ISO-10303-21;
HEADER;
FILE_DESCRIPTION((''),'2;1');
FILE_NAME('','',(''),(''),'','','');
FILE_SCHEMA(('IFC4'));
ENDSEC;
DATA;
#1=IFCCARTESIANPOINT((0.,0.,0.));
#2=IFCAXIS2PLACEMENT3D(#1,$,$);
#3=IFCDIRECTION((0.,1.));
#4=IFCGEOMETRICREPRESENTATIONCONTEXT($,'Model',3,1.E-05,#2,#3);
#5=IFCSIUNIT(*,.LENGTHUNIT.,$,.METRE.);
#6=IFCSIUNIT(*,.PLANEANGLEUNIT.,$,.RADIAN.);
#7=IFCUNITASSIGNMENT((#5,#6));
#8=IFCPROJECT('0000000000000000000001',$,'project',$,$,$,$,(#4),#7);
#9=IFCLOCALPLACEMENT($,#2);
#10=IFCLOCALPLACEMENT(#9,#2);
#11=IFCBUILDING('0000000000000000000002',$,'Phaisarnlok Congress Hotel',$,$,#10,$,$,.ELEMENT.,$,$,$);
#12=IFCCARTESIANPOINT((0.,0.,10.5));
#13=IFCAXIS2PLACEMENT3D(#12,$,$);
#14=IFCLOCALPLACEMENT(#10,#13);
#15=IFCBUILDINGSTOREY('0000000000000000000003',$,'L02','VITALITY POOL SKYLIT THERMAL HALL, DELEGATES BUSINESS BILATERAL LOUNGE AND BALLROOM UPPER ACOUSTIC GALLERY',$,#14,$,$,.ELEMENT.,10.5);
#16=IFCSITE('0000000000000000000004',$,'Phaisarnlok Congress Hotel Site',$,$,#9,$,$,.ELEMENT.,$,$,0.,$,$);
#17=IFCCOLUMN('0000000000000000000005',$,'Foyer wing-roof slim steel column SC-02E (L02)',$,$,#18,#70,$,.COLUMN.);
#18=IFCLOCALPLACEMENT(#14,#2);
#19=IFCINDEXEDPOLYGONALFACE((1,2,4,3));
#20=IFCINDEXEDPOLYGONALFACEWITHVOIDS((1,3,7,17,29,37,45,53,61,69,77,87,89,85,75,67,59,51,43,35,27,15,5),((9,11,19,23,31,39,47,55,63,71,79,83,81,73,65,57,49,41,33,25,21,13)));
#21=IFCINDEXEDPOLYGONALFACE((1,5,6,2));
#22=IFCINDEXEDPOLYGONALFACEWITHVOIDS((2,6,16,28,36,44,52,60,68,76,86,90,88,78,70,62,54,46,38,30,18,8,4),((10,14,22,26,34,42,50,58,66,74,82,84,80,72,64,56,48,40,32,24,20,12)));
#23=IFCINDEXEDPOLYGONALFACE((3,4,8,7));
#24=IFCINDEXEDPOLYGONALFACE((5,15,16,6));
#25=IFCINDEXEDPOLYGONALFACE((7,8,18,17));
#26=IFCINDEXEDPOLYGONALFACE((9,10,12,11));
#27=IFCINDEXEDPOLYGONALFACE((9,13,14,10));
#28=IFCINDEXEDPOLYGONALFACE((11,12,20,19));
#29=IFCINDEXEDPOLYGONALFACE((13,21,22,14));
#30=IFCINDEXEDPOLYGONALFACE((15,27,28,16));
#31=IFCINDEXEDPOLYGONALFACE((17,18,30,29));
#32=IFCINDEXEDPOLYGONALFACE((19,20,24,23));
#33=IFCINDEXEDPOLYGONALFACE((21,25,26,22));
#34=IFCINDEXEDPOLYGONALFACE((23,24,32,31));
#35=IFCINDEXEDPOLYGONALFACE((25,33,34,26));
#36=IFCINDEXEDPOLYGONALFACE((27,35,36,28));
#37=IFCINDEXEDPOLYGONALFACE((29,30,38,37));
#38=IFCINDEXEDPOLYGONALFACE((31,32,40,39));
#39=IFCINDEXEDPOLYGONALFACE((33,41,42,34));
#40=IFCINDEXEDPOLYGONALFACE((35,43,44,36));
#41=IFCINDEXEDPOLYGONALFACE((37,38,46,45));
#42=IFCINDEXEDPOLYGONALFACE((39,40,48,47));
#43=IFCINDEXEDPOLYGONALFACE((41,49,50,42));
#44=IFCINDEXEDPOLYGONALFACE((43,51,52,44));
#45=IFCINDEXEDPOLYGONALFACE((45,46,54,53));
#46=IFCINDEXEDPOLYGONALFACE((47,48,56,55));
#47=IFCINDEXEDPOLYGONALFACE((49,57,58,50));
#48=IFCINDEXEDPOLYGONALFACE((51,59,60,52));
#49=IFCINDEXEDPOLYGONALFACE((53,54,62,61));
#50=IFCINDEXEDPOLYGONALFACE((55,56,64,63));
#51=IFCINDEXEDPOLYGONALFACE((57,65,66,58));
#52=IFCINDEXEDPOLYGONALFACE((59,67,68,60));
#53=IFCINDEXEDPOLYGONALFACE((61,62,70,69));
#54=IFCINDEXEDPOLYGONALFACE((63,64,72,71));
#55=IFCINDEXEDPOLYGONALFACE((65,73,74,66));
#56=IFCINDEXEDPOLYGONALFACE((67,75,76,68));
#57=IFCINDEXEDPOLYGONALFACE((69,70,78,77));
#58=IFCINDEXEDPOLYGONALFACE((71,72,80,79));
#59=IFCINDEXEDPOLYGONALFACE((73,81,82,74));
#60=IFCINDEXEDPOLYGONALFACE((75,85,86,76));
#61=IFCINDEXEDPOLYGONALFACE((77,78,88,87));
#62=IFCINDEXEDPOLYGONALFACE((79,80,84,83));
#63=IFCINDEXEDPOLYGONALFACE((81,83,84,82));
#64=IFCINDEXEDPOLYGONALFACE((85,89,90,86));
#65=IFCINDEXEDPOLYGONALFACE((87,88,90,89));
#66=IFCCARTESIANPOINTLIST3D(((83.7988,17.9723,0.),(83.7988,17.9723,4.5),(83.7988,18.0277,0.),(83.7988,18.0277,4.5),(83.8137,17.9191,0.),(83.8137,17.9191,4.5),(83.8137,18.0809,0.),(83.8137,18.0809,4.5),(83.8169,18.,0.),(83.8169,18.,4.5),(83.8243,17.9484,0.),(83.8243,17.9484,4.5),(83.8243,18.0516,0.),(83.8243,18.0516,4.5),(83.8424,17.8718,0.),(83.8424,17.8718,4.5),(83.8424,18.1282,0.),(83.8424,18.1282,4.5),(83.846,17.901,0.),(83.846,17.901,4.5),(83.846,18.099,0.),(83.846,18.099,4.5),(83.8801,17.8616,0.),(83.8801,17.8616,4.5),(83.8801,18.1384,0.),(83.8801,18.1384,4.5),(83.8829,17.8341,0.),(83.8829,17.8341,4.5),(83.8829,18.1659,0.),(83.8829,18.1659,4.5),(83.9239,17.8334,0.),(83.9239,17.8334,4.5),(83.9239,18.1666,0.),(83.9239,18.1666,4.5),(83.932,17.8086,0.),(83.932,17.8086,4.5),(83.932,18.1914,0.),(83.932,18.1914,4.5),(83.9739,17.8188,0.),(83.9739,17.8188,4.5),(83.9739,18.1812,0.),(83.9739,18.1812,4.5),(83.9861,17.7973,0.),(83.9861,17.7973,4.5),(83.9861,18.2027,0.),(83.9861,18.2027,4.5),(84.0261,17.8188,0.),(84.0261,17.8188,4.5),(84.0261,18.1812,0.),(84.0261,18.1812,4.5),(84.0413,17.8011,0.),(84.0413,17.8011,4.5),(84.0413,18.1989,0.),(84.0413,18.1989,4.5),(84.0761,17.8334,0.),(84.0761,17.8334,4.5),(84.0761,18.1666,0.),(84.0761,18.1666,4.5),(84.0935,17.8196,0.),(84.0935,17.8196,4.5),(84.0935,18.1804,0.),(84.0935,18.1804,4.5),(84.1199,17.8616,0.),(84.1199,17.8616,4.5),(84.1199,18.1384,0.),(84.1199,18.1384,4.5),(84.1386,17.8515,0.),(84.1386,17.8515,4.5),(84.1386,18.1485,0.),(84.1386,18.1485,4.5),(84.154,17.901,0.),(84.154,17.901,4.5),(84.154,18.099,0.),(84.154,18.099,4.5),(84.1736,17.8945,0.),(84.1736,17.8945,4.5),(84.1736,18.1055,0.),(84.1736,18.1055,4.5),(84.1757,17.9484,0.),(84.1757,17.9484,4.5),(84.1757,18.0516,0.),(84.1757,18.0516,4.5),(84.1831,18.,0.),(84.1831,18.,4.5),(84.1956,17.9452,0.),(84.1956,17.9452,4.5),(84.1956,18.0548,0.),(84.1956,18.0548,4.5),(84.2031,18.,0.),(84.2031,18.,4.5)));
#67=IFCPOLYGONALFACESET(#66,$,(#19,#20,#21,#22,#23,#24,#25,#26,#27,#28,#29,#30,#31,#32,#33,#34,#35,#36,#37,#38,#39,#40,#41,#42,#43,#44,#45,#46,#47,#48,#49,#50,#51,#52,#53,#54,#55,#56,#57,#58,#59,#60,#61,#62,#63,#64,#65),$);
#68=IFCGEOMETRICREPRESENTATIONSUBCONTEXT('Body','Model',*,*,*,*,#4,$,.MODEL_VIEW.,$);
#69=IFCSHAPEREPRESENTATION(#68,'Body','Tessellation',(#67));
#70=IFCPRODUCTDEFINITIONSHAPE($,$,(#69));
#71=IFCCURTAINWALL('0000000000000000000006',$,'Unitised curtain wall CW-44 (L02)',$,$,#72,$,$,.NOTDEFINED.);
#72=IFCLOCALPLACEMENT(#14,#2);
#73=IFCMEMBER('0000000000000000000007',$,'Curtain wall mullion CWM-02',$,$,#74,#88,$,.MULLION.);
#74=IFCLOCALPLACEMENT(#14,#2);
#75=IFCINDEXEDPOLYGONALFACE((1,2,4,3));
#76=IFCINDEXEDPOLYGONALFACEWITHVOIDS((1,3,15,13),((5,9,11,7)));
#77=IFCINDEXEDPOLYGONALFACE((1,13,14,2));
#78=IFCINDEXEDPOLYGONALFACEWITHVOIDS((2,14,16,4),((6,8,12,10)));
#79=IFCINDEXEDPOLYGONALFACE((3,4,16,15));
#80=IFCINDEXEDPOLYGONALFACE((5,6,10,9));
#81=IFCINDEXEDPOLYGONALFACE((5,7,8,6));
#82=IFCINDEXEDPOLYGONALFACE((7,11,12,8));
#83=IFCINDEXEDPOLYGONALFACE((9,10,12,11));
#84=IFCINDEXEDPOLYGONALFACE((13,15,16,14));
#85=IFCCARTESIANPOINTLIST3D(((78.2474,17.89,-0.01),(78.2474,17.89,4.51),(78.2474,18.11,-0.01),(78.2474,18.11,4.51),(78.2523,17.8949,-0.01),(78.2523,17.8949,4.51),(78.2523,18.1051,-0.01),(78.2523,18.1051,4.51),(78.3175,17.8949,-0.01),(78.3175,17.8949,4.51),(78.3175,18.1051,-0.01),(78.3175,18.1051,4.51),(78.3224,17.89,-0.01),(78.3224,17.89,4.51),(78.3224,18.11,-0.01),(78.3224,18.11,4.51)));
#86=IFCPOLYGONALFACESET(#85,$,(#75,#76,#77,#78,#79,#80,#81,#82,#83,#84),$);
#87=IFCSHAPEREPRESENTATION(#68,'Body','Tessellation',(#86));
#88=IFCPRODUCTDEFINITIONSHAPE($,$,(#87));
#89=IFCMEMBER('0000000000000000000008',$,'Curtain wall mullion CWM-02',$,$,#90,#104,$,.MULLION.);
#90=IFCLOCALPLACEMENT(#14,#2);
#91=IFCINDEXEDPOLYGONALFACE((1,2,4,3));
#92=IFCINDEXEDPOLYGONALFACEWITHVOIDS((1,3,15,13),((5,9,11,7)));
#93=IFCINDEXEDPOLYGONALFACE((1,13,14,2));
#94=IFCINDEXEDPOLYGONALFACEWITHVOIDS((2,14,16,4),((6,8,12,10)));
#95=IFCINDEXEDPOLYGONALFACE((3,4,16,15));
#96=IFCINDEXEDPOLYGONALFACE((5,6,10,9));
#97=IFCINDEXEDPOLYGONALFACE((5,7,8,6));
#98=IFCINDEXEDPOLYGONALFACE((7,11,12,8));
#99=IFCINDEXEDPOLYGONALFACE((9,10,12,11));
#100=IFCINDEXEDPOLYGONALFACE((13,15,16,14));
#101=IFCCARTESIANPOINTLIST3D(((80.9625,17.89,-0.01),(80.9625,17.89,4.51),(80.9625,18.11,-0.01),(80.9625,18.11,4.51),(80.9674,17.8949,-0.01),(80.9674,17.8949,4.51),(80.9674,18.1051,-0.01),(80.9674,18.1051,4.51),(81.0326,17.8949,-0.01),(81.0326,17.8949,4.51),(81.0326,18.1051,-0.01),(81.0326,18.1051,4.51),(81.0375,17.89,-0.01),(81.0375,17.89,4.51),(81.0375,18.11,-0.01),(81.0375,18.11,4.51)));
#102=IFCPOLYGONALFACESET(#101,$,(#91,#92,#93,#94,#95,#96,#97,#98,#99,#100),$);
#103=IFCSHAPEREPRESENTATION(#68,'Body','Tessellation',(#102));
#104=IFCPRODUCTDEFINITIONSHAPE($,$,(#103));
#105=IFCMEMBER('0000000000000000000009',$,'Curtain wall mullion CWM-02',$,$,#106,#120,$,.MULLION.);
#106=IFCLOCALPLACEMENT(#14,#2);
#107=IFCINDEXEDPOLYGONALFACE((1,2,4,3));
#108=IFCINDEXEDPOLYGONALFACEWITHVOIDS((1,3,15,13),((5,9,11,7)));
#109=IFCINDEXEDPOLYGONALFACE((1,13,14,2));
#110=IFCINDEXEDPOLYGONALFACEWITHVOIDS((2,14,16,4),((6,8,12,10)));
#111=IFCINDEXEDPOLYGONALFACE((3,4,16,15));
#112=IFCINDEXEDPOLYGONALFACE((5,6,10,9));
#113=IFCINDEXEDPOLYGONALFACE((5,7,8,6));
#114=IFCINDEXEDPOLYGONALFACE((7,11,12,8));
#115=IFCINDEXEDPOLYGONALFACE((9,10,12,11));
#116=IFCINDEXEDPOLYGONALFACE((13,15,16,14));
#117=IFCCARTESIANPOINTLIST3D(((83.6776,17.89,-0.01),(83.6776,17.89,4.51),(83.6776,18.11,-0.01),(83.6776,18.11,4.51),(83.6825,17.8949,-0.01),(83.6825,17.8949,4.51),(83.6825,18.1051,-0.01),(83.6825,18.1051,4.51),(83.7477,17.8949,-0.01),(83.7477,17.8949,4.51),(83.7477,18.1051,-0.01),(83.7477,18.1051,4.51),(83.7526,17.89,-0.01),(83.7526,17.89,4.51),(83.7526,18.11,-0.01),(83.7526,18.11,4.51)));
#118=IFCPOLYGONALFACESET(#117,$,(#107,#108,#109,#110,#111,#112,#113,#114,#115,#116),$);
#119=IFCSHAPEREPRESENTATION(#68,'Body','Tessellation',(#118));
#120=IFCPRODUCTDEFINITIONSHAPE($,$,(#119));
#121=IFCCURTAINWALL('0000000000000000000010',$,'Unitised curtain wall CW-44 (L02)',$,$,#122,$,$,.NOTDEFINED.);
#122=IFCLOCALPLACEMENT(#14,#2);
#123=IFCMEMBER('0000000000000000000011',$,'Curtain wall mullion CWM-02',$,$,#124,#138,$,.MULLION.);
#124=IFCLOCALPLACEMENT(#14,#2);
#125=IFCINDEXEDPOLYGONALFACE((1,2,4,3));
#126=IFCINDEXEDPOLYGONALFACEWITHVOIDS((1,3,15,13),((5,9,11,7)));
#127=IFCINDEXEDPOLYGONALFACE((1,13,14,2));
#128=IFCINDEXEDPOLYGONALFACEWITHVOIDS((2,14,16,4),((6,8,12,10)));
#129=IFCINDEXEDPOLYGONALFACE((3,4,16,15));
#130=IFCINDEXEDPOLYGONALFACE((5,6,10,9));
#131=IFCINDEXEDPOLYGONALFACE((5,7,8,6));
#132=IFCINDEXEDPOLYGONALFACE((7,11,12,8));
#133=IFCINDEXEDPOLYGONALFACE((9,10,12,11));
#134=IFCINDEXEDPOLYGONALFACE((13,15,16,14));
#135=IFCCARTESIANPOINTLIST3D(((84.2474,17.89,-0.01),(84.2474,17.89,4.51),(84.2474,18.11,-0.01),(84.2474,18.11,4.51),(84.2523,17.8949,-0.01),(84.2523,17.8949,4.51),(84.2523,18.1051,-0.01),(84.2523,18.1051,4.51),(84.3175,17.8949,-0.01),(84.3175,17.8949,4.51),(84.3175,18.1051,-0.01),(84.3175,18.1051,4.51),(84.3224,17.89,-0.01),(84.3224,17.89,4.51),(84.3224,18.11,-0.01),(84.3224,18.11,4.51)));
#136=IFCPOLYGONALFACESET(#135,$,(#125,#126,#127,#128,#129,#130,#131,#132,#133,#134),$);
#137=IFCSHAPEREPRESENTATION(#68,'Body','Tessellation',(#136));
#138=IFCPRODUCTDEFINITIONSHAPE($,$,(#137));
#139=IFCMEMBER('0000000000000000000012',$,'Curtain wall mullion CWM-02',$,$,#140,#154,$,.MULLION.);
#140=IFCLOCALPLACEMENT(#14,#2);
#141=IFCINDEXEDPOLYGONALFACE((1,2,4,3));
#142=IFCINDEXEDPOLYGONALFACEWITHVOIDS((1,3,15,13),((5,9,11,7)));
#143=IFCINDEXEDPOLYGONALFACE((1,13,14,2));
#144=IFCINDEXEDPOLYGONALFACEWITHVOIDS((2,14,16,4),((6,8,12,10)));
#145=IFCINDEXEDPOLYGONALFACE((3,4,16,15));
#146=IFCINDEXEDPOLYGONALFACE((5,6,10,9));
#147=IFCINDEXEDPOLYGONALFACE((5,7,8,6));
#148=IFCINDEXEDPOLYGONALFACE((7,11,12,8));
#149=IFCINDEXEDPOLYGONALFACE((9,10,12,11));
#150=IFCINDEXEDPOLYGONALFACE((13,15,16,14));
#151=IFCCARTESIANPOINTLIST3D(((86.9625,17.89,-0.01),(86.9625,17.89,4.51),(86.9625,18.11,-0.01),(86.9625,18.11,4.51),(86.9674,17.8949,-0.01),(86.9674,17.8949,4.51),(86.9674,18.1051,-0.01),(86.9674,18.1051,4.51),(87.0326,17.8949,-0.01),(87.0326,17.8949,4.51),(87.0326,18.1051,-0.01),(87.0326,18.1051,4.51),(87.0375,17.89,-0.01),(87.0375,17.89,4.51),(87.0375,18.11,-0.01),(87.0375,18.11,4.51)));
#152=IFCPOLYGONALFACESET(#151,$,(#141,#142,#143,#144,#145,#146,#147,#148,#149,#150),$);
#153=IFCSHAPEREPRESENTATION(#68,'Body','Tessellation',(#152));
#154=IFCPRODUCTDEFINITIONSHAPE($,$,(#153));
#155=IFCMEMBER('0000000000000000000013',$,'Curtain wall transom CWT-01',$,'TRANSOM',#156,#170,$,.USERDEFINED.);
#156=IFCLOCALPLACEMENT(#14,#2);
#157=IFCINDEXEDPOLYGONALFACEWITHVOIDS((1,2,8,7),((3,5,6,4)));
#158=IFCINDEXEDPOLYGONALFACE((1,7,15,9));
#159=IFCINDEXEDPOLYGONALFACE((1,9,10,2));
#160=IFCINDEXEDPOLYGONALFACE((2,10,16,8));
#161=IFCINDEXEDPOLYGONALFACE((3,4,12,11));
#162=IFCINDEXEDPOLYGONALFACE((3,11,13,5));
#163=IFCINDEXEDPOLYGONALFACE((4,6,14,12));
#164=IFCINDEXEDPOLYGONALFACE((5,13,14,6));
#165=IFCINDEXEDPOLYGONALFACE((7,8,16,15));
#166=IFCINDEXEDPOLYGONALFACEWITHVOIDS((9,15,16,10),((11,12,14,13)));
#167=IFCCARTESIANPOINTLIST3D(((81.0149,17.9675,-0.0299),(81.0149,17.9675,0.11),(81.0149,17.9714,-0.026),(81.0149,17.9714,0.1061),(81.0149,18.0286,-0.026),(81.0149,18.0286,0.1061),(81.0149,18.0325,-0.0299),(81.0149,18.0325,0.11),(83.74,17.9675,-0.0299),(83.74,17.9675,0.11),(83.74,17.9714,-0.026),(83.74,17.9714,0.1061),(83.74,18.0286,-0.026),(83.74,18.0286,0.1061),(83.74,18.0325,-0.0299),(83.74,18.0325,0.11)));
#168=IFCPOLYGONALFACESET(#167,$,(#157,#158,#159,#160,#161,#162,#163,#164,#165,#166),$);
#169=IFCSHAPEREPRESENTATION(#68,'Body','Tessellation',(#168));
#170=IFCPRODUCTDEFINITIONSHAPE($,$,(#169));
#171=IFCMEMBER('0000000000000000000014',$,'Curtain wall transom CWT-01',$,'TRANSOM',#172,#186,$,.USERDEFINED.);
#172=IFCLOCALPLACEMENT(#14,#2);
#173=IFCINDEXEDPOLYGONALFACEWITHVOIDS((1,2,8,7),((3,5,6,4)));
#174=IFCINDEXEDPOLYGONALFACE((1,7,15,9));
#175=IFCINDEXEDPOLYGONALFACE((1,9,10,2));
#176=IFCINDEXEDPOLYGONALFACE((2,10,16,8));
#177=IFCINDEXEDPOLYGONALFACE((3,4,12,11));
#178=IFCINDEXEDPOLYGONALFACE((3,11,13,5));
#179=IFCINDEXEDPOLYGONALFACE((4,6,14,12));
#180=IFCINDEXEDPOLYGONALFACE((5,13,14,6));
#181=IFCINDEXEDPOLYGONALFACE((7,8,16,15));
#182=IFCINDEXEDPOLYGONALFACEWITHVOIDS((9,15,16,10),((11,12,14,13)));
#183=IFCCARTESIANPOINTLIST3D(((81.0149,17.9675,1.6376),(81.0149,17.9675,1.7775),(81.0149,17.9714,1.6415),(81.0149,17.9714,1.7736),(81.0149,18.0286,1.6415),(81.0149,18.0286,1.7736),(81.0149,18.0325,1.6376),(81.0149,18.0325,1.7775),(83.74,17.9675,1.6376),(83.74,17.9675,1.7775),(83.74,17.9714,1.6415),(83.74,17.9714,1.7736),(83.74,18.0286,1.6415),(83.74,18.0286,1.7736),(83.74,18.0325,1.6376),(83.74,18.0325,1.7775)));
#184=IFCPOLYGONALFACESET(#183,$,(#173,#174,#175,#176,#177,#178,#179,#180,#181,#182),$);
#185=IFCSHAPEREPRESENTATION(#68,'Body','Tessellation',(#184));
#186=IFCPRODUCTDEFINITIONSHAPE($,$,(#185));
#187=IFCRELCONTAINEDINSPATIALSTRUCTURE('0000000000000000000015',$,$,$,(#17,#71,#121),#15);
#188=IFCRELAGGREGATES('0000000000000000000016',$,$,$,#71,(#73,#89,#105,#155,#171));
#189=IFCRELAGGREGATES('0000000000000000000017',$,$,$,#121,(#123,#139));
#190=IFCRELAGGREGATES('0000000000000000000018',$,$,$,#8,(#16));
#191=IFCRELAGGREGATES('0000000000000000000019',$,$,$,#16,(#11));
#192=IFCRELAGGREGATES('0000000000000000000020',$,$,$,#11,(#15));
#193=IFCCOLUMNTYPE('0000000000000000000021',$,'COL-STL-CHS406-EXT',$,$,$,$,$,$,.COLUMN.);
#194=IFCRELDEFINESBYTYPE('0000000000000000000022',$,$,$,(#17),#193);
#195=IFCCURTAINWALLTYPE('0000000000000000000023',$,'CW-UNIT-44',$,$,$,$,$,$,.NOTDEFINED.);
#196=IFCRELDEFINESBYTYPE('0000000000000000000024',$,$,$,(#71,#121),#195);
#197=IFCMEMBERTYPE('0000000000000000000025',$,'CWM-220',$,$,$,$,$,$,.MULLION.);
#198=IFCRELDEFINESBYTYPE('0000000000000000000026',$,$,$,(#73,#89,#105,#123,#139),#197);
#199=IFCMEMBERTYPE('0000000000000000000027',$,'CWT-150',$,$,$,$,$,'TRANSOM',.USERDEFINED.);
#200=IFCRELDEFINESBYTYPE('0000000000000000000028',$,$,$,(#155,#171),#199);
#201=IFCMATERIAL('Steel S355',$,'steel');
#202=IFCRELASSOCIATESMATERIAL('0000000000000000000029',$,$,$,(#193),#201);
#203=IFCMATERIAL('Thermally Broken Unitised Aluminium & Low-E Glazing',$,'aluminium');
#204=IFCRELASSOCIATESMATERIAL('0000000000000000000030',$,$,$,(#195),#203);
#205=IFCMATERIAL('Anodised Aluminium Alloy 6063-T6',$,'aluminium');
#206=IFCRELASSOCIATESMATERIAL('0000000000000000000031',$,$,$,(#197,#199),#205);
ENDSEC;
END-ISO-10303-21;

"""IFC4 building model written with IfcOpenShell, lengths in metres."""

from ifc_helpers import new_model, si_unit, direction, frame, origin, origin_2d, place, context, subcontext, project, spatial, hollow_rectangle, hollow_circle, extrude, material, material_profile, profile_set, type_object, element, aggregate, save


model = new_model("IFC4")

# Units and contexts
model_context = context("Model", 3, precision=1e-05, world=origin(), true_north=direction((0.0, 1.0)))
body_context = subcontext(model_context, "Body", "Model", "MODEL_VIEW")
ifc_project = project(units=[si_unit("LENGTHUNIT", "METRE"), si_unit("PLANEANGLEUNIT", "RADIAN")], contexts=[model_context])

# Site, building, storey
site_placement = place(None, origin())
site = spatial("IfcSite", under=ifc_project, at=site_placement, Name="Phaisarnlok Congress Hotel Site", CompositionType="ELEMENT", RefElevation=0.0)
building_placement = place(site_placement, origin())
building = spatial("IfcBuilding", under=site, at=building_placement, Name="Phaisarnlok Congress Hotel", CompositionType="ELEMENT")
storey_placement = place(building_placement, frame((0.0, 0.0, 10.5)))
storey = spatial("IfcBuildingStorey", under=building, at=storey_placement, Name="L02", Description="VITALITY POOL SKYLIT THERMAL HALL, DELEGATES BUSINESS BILATERAL LOUNGE AND BALLROOM UPPER ACOUSTIC GALLERY", CompositionType="ELEMENT", Elevation=10.5)

# Column
ifc_material_1 = material(Name="Steel S355", Category="steel")
ifc_material_profile_1 = material_profile(ifc_material_1, hollow_circle(Radius=0.2031, WallThickness=0.02, at=origin_2d()), Name="CHS 406.4x20")
ifc_profile_set_1 = profile_set([ifc_material_profile_1], Name="Steel S355")
column_type = type_object("IfcColumnType", Name="COL-STL-CHS406-EXT", PredefinedType="COLUMN", material=ifc_profile_set_1)
column_placement = place(storey_placement, frame((84.0, 18.0, 0.0), z_axis=(0.0, 0.0, 1.0), x_axis=(1.0, 0.0, 0.0)))
element("IfcColumn", 1, at=column_placement, inside=storey, type_object=column_type, Name="Foyer wing-roof slim steel column SC-02E (L02)", PredefinedType="COLUMN", context=body_context, shape_type="SweptSolid", body=[
    extrude(hollow_circle(Radius=0.2031, WallThickness=0.02, at=origin_2d()), origin(), (0.0, 0.0, 1.0), 4.5),
])

# Curtain walls, members
ifc_material_2 = material(Name="Thermally Broken Unitised Aluminium & Low-E Glazing", Category="aluminium")
curtain_wall_type = type_object("IfcCurtainWallType", Name="CW-UNIT-44", PredefinedType="NOTDEFINED", material=ifc_material_2)
curtain_wall_1_placement = place(storey_placement, origin())
curtain_wall_1 = element("IfcCurtainWall", 2, at=curtain_wall_1_placement, inside=storey, type_object=curtain_wall_type, Name="Unitised curtain wall CW-44 (L02)", PredefinedType="NOTDEFINED")
ifc_material_3 = material(Name="Anodised Aluminium Alloy 6063-T6", Category="aluminium")
ifc_material_profile_2 = material_profile(ifc_material_3, hollow_rectangle(XDim=0.075, YDim=0.22, WallThickness=0.0049, at=origin_2d()), Name="ALU-M 75x220x5")
ifc_profile_set_2 = profile_set([ifc_material_profile_2], Name="Anodised Aluminium Alloy 6063-T6")
member_type_1 = type_object("IfcMemberType", Name="CWM-220", PredefinedType="MULLION", material=ifc_profile_set_2)
member_1_placement = place(storey_placement, frame((78.2849, 18.0, -0.01), z_axis=(0.0, 0.0, 1.0), x_axis=(1.0, 0.0, 0.0)))
member_1 = element("IfcMember", 3, at=member_1_placement, type_object=member_type_1, Name="Curtain wall mullion CWM-02", PredefinedType="MULLION", context=body_context, shape_type="SweptSolid", body=[
    extrude(hollow_rectangle(XDim=0.075, YDim=0.22, WallThickness=0.0049, at=origin_2d()), origin(), (0.0, 0.0, 1.0), 4.52),
])
member_2_placement = place(storey_placement, frame((81.0, 18.0, -0.01), z_axis=(0.0, 0.0, 1.0), x_axis=(1.0, 0.0, 0.0)))
member_2 = element("IfcMember", 4, at=member_2_placement, type_object=member_type_1, Name="Curtain wall mullion CWM-02", PredefinedType="MULLION", context=body_context, shape_type="SweptSolid", body=[
    extrude(hollow_rectangle(XDim=0.075, YDim=0.22, WallThickness=0.0049, at=origin_2d()), origin(), (0.0, 0.0, 1.0), 4.52),
])
member_3_placement = place(storey_placement, frame((83.7151, 18.0, -0.01), z_axis=(0.0, 0.0, 1.0), x_axis=(1.0, 0.0, 0.0)))
member_3 = element("IfcMember", 5, at=member_3_placement, type_object=member_type_1, Name="Curtain wall mullion CWM-02", PredefinedType="MULLION", context=body_context, shape_type="SweptSolid", body=[
    extrude(hollow_rectangle(XDim=0.075, YDim=0.22, WallThickness=0.0049, at=origin_2d()), origin(), (0.0, 0.0, 1.0), 4.52),
])
curtain_wall_2_placement = place(storey_placement, origin())
curtain_wall_2 = element("IfcCurtainWall", 6, at=curtain_wall_2_placement, inside=storey, type_object=curtain_wall_type, Name="Unitised curtain wall CW-44 (L02)", PredefinedType="NOTDEFINED")
member_4_placement = place(storey_placement, frame((84.2849, 18.0, -0.01), z_axis=(0.0, 0.0, 1.0), x_axis=(1.0, 0.0, 0.0)))
member_4 = element("IfcMember", 7, at=member_4_placement, type_object=member_type_1, Name="Curtain wall mullion CWM-02", PredefinedType="MULLION", context=body_context, shape_type="SweptSolid", body=[
    extrude(hollow_rectangle(XDim=0.075, YDim=0.22, WallThickness=0.0049, at=origin_2d()), origin(), (0.0, 0.0, 1.0), 4.52),
])
member_5_placement = place(storey_placement, frame((87.0, 18.0, -0.01), z_axis=(0.0, 0.0, 1.0), x_axis=(1.0, 0.0, 0.0)))
member_5 = element("IfcMember", 8, at=member_5_placement, type_object=member_type_1, Name="Curtain wall mullion CWM-02", PredefinedType="MULLION", context=body_context, shape_type="SweptSolid", body=[
    extrude(hollow_rectangle(XDim=0.075, YDim=0.22, WallThickness=0.0049, at=origin_2d()), origin(), (0.0, 0.0, 1.0), 4.52),
])

# Members
ifc_material_profile_3 = material_profile(ifc_material_3, hollow_rectangle(XDim=0.0649, YDim=0.1399, WallThickness=0.0039, at=origin_2d()), Name="ALU-T 65x140x4")
ifc_profile_set_3 = profile_set([ifc_material_profile_3], Name="Anodised Aluminium Alloy 6063-T6")
member_type_2 = type_object("IfcMemberType", Name="CWT-150", ElementType="TRANSOM", PredefinedType="USERDEFINED", material=ifc_profile_set_3)
member_6_placement = place(storey_placement, frame((81.0149, 18.0, 0.04), z_axis=(1.0, 0.0, 0.0), x_axis=(0.0, 1.0, 0.0)))
member_6 = element("IfcMember", 9, at=member_6_placement, type_object=member_type_2, Name="Curtain wall transom CWT-01", ObjectType="TRANSOM", PredefinedType="USERDEFINED", context=body_context, shape_type="SweptSolid", body=[
    extrude(hollow_rectangle(XDim=0.0649, YDim=0.1399, WallThickness=0.0039, at=origin_2d()), origin(), (0.0, 0.0, 1.0), 2.7251),
])
member_7_placement = place(storey_placement, frame((81.0149, 18.0, 1.7075), z_axis=(1.0, 0.0, 0.0), x_axis=(0.0, 1.0, 0.0)))
member_7 = element("IfcMember", 10, at=member_7_placement, type_object=member_type_2, Name="Curtain wall transom CWT-01", ObjectType="TRANSOM", PredefinedType="USERDEFINED", context=body_context, shape_type="SweptSolid", body=[
    extrude(hollow_rectangle(XDim=0.0649, YDim=0.1399, WallThickness=0.0039, at=origin_2d()), origin(), (0.0, 0.0, 1.0), 2.7251),
])

aggregate(curtain_wall_1, [member_1, member_2, member_3, member_6, member_7])
aggregate(curtain_wall_2, [member_4, member_5])

save(model, "model.ifc")
